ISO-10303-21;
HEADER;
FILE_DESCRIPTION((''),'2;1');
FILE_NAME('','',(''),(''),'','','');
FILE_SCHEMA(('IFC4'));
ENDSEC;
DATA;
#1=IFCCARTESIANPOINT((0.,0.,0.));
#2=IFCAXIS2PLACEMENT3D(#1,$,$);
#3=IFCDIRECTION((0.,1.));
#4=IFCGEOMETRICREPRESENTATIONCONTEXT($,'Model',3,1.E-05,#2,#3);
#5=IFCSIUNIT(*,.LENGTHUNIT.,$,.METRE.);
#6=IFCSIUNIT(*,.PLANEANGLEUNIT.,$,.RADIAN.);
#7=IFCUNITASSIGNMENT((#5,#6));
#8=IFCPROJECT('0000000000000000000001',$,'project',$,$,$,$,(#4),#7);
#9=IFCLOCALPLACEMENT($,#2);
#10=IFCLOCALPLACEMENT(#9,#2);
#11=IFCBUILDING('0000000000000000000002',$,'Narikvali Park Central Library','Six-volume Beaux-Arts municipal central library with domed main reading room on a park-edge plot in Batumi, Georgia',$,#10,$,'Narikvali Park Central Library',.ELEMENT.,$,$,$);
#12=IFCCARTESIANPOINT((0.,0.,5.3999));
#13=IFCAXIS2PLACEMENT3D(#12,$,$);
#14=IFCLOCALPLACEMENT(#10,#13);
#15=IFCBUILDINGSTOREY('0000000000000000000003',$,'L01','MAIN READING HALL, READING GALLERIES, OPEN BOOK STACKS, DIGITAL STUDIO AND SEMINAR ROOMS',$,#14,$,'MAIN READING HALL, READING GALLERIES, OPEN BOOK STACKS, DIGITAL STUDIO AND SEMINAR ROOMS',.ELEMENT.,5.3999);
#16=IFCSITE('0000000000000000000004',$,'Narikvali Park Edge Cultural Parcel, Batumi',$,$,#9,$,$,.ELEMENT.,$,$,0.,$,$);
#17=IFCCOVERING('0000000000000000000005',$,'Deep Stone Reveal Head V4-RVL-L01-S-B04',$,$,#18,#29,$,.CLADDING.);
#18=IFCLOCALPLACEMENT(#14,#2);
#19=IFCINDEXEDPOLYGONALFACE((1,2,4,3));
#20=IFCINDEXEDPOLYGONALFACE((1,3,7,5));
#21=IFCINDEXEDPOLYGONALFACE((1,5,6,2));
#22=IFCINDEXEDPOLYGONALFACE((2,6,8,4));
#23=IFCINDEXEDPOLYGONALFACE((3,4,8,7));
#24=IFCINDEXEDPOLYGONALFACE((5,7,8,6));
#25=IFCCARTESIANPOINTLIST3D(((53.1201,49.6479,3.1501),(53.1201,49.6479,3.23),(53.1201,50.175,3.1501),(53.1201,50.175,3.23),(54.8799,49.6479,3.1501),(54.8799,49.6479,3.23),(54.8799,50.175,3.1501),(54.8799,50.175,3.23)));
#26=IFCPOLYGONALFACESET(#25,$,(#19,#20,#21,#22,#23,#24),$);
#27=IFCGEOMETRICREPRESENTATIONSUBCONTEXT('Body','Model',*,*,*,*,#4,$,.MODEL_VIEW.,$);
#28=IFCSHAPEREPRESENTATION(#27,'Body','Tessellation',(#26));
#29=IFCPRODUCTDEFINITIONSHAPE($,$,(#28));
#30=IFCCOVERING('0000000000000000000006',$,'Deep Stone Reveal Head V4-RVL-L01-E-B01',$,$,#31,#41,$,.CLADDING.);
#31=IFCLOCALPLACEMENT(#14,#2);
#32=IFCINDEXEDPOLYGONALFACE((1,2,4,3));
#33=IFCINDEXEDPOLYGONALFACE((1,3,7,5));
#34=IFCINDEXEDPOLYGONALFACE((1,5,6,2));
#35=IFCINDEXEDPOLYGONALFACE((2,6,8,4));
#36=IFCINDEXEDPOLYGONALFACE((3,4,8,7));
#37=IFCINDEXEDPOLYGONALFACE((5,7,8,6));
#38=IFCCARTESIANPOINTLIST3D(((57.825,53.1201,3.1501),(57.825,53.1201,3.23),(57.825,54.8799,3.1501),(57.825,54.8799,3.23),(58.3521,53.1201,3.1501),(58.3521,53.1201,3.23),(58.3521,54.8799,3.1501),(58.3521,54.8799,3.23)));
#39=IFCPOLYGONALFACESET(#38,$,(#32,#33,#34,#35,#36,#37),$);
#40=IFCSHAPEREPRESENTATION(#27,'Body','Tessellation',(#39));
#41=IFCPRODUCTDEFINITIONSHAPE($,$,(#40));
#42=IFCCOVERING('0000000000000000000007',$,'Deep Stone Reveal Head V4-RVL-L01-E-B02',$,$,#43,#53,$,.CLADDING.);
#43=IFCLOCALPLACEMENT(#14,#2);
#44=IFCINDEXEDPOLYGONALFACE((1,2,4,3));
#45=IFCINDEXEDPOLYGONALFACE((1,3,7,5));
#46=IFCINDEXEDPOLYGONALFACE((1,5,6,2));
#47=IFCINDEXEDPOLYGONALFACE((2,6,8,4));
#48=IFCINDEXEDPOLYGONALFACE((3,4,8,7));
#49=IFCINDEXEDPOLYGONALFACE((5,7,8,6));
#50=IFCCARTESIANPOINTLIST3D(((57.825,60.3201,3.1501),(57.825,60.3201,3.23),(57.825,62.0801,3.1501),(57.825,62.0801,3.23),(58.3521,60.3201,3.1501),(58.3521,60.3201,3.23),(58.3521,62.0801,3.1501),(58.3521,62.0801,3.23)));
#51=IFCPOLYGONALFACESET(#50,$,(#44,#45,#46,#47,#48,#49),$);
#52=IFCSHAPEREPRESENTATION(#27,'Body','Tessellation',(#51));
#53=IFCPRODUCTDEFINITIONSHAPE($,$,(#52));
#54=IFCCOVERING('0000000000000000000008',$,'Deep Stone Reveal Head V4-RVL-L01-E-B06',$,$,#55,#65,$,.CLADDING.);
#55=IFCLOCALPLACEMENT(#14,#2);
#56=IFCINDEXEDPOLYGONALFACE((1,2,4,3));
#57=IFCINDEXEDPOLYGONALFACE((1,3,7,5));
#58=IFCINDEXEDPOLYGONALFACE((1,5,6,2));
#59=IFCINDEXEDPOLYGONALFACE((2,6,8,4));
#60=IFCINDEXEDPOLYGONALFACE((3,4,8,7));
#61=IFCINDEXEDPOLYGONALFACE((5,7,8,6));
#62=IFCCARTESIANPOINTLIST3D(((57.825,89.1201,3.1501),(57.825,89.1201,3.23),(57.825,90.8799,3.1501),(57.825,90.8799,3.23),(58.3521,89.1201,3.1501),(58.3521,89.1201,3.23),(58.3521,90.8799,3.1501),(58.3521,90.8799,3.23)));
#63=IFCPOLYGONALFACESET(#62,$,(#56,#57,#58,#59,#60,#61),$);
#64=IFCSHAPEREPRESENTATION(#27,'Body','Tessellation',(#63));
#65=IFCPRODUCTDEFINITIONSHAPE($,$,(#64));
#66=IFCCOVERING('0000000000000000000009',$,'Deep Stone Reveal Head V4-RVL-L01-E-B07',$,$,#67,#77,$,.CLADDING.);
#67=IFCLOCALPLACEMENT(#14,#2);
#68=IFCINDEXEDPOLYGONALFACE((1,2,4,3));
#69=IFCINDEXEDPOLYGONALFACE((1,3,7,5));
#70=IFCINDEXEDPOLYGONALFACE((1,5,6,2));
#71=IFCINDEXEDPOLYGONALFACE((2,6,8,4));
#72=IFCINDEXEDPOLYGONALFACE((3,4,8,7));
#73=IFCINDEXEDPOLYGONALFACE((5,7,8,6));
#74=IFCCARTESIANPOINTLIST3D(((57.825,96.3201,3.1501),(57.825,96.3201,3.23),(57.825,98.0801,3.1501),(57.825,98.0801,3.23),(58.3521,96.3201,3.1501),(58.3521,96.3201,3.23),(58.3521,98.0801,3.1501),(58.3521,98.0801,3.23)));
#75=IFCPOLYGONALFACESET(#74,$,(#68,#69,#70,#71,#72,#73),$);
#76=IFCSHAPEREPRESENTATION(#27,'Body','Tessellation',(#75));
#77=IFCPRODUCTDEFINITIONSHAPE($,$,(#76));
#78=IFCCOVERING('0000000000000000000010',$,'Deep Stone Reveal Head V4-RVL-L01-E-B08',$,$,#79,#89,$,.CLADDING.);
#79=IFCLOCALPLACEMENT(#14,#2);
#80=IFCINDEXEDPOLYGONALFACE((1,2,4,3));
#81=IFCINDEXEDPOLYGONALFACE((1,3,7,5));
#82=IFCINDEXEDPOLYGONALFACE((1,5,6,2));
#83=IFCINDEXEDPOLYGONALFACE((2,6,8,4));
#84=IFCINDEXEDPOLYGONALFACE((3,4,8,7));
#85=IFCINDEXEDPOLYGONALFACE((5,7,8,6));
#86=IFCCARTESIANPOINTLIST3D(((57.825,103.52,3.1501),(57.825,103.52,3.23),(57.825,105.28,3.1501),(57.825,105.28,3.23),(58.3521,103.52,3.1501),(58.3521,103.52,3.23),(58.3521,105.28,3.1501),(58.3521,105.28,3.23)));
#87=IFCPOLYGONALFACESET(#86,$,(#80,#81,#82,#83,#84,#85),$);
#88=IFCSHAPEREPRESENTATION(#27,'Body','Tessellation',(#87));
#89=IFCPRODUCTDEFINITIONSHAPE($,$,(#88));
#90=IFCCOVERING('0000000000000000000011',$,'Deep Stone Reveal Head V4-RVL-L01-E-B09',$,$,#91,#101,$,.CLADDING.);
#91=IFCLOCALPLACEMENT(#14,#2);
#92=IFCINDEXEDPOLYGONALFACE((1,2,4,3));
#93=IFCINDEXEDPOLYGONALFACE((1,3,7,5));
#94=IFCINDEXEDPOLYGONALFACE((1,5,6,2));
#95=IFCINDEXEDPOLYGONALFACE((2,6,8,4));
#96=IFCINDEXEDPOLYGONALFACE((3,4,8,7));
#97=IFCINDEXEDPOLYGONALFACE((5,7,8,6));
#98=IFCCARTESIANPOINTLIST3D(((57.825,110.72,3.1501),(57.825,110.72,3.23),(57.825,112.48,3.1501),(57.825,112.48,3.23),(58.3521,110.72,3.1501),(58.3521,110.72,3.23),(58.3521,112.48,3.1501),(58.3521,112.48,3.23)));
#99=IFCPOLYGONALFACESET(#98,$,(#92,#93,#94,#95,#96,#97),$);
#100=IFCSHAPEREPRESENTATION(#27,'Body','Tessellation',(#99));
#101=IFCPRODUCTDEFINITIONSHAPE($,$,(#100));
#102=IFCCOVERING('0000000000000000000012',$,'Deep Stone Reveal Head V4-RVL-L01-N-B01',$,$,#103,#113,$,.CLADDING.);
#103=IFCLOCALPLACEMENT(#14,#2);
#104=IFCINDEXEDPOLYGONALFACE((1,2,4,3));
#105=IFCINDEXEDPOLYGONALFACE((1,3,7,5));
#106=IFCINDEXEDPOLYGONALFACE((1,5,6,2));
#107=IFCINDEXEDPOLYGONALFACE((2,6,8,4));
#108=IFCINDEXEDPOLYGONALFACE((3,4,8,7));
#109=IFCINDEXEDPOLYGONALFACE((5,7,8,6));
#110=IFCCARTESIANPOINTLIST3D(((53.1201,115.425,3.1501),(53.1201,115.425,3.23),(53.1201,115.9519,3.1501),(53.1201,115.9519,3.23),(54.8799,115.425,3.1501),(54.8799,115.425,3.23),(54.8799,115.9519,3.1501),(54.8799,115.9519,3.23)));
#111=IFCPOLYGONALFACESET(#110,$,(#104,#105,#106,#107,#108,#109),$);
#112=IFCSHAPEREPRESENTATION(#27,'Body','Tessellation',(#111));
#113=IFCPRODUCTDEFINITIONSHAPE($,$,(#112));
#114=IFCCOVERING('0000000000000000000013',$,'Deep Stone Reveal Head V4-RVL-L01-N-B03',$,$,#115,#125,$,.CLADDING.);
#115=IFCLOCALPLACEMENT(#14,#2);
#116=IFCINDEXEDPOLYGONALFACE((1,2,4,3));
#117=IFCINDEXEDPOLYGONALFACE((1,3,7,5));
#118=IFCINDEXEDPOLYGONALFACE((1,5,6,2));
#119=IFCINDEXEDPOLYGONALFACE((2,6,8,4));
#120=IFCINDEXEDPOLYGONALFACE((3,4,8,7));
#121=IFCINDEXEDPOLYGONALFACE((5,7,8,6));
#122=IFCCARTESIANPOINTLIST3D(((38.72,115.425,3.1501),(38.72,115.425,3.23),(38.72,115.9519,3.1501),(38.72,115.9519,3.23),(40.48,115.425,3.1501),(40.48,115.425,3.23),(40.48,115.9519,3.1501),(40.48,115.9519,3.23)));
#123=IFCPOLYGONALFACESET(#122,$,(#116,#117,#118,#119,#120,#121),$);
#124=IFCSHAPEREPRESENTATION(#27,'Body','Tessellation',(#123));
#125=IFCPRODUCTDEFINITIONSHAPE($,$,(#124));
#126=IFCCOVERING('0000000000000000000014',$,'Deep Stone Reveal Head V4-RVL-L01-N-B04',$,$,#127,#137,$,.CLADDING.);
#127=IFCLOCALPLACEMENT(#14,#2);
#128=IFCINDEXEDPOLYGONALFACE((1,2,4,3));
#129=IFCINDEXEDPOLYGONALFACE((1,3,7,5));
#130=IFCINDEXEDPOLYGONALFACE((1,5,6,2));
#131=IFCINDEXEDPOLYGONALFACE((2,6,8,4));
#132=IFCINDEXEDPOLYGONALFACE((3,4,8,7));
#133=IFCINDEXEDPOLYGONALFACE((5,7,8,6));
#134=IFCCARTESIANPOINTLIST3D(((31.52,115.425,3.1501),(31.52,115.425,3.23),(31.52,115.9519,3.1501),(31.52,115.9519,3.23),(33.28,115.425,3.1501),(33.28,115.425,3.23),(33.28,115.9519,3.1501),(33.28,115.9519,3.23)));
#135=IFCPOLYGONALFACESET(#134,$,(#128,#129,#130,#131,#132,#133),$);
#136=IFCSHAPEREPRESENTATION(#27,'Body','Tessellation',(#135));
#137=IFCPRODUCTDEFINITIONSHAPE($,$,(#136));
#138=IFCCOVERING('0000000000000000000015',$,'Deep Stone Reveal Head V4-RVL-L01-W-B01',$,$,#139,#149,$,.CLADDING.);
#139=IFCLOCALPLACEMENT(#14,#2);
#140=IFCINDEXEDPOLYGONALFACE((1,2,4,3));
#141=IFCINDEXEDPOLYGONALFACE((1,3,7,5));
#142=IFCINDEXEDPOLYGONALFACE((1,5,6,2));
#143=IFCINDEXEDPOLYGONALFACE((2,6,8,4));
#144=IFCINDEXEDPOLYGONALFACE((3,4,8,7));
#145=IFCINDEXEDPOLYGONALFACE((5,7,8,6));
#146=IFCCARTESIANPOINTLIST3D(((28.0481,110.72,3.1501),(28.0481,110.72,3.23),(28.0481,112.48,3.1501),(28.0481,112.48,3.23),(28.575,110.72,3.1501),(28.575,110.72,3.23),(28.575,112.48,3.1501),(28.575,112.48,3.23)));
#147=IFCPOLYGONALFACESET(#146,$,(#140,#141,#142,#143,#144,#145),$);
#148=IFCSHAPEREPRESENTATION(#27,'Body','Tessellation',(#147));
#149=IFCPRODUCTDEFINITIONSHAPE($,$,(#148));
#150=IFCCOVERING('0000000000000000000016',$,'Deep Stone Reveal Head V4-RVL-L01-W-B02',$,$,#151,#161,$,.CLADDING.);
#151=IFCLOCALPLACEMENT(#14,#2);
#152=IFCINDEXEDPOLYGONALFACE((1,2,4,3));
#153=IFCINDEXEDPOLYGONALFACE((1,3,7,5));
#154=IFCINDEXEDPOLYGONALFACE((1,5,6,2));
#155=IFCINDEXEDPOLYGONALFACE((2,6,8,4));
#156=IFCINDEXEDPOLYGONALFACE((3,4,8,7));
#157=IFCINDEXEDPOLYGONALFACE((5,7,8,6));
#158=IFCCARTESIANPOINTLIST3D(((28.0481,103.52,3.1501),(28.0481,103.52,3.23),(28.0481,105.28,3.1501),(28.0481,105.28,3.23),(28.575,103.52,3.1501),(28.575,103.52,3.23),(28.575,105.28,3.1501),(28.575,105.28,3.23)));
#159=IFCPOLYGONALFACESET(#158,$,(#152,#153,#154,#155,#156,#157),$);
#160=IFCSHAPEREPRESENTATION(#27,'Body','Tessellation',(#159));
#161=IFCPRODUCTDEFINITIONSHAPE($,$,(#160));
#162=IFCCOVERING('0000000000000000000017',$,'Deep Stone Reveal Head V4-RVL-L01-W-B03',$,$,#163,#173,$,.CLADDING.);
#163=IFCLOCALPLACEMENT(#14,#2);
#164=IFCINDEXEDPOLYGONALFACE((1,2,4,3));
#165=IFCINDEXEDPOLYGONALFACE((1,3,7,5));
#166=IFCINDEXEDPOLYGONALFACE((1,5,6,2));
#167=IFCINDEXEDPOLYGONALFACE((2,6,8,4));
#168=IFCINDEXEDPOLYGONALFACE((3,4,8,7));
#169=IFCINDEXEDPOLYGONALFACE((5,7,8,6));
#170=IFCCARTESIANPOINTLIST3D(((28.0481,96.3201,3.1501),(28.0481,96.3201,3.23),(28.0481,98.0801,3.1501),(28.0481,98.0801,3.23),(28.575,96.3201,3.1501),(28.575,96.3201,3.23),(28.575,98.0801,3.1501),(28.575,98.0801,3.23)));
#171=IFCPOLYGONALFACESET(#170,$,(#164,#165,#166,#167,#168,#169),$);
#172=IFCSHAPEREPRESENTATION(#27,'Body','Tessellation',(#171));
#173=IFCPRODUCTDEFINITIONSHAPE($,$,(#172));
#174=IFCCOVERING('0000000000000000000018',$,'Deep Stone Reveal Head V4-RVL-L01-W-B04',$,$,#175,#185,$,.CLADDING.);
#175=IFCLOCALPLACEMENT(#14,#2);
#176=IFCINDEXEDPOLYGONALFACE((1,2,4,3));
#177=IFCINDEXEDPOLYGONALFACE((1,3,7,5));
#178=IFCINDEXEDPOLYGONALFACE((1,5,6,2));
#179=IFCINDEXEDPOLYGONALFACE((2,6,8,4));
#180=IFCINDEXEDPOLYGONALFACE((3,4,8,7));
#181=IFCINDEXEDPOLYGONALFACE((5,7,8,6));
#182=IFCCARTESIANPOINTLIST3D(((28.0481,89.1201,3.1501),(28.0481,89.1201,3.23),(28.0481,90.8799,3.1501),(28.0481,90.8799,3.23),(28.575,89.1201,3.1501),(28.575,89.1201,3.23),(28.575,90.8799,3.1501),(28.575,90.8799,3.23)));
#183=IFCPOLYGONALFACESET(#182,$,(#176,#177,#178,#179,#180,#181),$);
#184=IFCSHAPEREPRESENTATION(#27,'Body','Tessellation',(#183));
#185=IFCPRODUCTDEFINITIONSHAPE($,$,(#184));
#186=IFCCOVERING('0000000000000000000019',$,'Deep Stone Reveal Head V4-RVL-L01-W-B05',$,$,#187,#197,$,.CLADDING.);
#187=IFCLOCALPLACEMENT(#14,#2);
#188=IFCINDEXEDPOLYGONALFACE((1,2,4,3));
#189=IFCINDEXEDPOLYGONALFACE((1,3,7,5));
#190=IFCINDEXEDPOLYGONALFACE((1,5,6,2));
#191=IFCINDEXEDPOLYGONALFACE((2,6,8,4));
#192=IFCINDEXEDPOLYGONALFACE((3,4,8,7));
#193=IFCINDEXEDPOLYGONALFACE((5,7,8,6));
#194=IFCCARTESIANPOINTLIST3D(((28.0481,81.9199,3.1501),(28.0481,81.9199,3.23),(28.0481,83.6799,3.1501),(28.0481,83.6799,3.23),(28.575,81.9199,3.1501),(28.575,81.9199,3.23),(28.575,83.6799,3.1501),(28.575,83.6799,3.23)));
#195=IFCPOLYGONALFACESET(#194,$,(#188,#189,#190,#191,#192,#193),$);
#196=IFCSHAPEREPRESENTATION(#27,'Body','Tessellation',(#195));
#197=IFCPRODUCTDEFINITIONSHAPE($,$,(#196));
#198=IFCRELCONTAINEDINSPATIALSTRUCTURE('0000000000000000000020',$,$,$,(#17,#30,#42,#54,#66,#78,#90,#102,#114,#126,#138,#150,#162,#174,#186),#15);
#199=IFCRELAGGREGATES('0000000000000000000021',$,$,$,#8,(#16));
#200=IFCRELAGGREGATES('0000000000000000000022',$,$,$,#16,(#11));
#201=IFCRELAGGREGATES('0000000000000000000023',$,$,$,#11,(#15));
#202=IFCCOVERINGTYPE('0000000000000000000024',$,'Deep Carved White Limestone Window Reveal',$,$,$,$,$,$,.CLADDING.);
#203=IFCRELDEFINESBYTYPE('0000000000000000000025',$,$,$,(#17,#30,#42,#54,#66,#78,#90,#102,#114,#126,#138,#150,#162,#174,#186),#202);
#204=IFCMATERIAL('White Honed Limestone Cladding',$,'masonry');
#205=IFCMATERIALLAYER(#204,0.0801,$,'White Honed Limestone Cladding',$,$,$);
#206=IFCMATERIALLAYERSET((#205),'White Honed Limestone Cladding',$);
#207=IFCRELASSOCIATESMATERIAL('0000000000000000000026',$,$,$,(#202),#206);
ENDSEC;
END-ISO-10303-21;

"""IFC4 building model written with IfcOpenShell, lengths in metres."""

from ifc_helpers import new_model, si_unit, direction, frame, origin, place, context, subcontext, project, spatial, polyline, outline, extrude, material, layer, layer_set, type_object, element, save


model = new_model("IFC4")

# Units and contexts
model_context = context("Model", 3, precision=1e-05, world=origin(), true_north=direction((0.0, 1.0)))
body_context = subcontext(model_context, "Body", "Model", "MODEL_VIEW")
ifc_project = project(units=[si_unit("LENGTHUNIT", "METRE"), si_unit("PLANEANGLEUNIT", "RADIAN")], contexts=[model_context])

# Site, building, storey
site_placement = place(None, origin())
site = spatial("IfcSite", under=ifc_project, at=site_placement, Name="Narikvali Park Edge Cultural Parcel, Batumi", CompositionType="ELEMENT", RefElevation=0.0)
building_placement = place(site_placement, origin())
building = spatial("IfcBuilding", under=site, at=building_placement, Name="Narikvali Park Central Library", Description="Six-volume Beaux-Arts municipal central library with domed main reading room on a park-edge plot in Batumi, Georgia", LongName="Narikvali Park Central Library", CompositionType="ELEMENT")
storey_placement = place(building_placement, frame((0.0, 0.0, 5.3999)))
storey = spatial("IfcBuildingStorey", under=building, at=storey_placement, Name="L01", Description="MAIN READING HALL, READING GALLERIES, OPEN BOOK STACKS, DIGITAL STUDIO AND SEMINAR ROOMS", LongName="MAIN READING HALL, READING GALLERIES, OPEN BOOK STACKS, DIGITAL STUDIO AND SEMINAR ROOMS", CompositionType="ELEMENT", Elevation=5.3999)

# Coverings
ifc_material = material(Name="White Honed Limestone Cladding", Category="masonry")
ifc_layer = layer(ifc_material, 0.0801, Name="White Honed Limestone Cladding")
ifc_layer_set = layer_set([ifc_layer], Name="White Honed Limestone Cladding")
covering_type = type_object("IfcCoveringType", Name="Deep Carved White Limestone Window Reveal", PredefinedType="CLADDING", material=ifc_layer_set)
covering_1_placement = place(storey_placement, frame((0.0, 0.0, 3.1501)))
element("IfcCovering", 1, at=covering_1_placement, inside=storey, type_object=covering_type, Name="Deep Stone Reveal Head V4-RVL-L01-S-B04", PredefinedType="CLADDING", context=body_context, shape_type="SweptSolid", body=[
    extrude(outline(polyline([(53.1201, 50.175), (54.8799, 50.175), (54.8799, 49.6479), (53.1201, 49.6479), (53.1201, 50.175)])), origin(), (0.0, 0.0, 1.0), 0.0798),
])
covering_2_placement = place(storey_placement, frame((0.0, 0.0, 3.1501)))
element("IfcCovering", 2, at=covering_2_placement, inside=storey, type_object=covering_type, Name="Deep Stone Reveal Head V4-RVL-L01-E-B01", PredefinedType="CLADDING", context=body_context, shape_type="SweptSolid", body=[
    extrude(outline(polyline([(57.825, 53.1201), (57.825, 54.8799), (58.3521, 54.8799), (58.3521, 53.1201), (57.825, 53.1201)])), origin(), (0.0, 0.0, 1.0), 0.0798),
])
covering_3_placement = place(storey_placement, frame((0.0, 0.0, 3.1501)))
element("IfcCovering", 3, at=covering_3_placement, inside=storey, type_object=covering_type, Name="Deep Stone Reveal Head V4-RVL-L01-E-B02", PredefinedType="CLADDING", context=body_context, shape_type="SweptSolid", body=[
    extrude(outline(polyline([(57.825, 60.3201), (57.825, 62.0801), (58.3521, 62.0801), (58.3521, 60.3201), (57.825, 60.3201)])), origin(), (0.0, 0.0, 1.0), 0.0798),
])
covering_4_placement = place(storey_placement, frame((0.0, 0.0, 3.1501)))
element("IfcCovering", 4, at=covering_4_placement, inside=storey, type_object=covering_type, Name="Deep Stone Reveal Head V4-RVL-L01-E-B06", PredefinedType="CLADDING", context=body_context, shape_type="SweptSolid", body=[
    extrude(outline(polyline([(57.825, 89.1201), (57.825, 90.8799), (58.3521, 90.8799), (58.3521, 89.1201), (57.825, 89.1201)])), origin(), (0.0, 0.0, 1.0), 0.0798),
])
covering_5_placement = place(storey_placement, frame((0.0, 0.0, 3.1501)))
element("IfcCovering", 5, at=covering_5_placement, inside=storey, type_object=covering_type, Name="Deep Stone Reveal Head V4-RVL-L01-E-B07", PredefinedType="CLADDING", context=body_context, shape_type="SweptSolid", body=[
    extrude(outline(polyline([(57.825, 96.3201), (57.825, 98.0801), (58.3521, 98.0801), (58.3521, 96.3201), (57.825, 96.3201)])), origin(), (0.0, 0.0, 1.0), 0.0798),
])
covering_6_placement = place(storey_placement, frame((0.0, 0.0, 3.1501)))
element("IfcCovering", 6, at=covering_6_placement, inside=storey, type_object=covering_type, Name="Deep Stone Reveal Head V4-RVL-L01-E-B08", PredefinedType="CLADDING", context=body_context, shape_type="SweptSolid", body=[
    extrude(outline(polyline([(57.825, 103.52), (57.825, 105.28), (58.3521, 105.28), (58.3521, 103.52), (57.825, 103.52)])), origin(), (0.0, 0.0, 1.0), 0.0798),
])
covering_7_placement = place(storey_placement, frame((0.0, 0.0, 3.1501)))
element("IfcCovering", 7, at=covering_7_placement, inside=storey, type_object=covering_type, Name="Deep Stone Reveal Head V4-RVL-L01-E-B09", PredefinedType="CLADDING", context=body_context, shape_type="SweptSolid", body=[
    extrude(outline(polyline([(57.825, 110.72), (57.825, 112.48), (58.3521, 112.48), (58.3521, 110.72), (57.825, 110.72)])), origin(), (0.0, 0.0, 1.0), 0.0798),
])
covering_8_placement = place(storey_placement, frame((0.0, 0.0, 3.1501)))
element("IfcCovering", 8, at=covering_8_placement, inside=storey, type_object=covering_type, Name="Deep Stone Reveal Head V4-RVL-L01-N-B01", PredefinedType="CLADDING", context=body_context, shape_type="SweptSolid", body=[
    extrude(outline(polyline([(54.8799, 115.425), (53.1201, 115.425), (53.1201, 115.9519), (54.8799, 115.9519), (54.8799, 115.425)])), origin(), (0.0, 0.0, 1.0), 0.0798),
])
covering_9_placement = place(storey_placement, frame((0.0, 0.0, 3.1501)))
element("IfcCovering", 9, at=covering_9_placement, inside=storey, type_object=covering_type, Name="Deep Stone Reveal Head V4-RVL-L01-N-B03", PredefinedType="CLADDING", context=body_context, shape_type="SweptSolid", body=[
    extrude(outline(polyline([(40.48, 115.425), (38.72, 115.425), (38.72, 115.9519), (40.48, 115.9519), (40.48, 115.425)])), origin(), (0.0, 0.0, 1.0), 0.0798),
])
covering_10_placement = place(storey_placement, frame((0.0, 0.0, 3.1501)))
element("IfcCovering", 10, at=covering_10_placement, inside=storey, type_object=covering_type, Name="Deep Stone Reveal Head V4-RVL-L01-N-B04", PredefinedType="CLADDING", context=body_context, shape_type="SweptSolid", body=[
    extrude(outline(polyline([(33.28, 115.425), (31.52, 115.425), (31.52, 115.9519), (33.28, 115.9519), (33.28, 115.425)])), origin(), (0.0, 0.0, 1.0), 0.0798),
])
covering_11_placement = place(storey_placement, frame((0.0, 0.0, 3.1501)))
element("IfcCovering", 11, at=covering_11_placement, inside=storey, type_object=covering_type, Name="Deep Stone Reveal Head V4-RVL-L01-W-B01", PredefinedType="CLADDING", context=body_context, shape_type="SweptSolid", body=[
    extrude(outline(polyline([(28.575, 112.48), (28.575, 110.72), (28.0481, 110.72), (28.0481, 112.48), (28.575, 112.48)])), origin(), (0.0, 0.0, 1.0), 0.0798),
])
covering_12_placement = place(storey_placement, frame((0.0, 0.0, 3.1501)))
element("IfcCovering", 12, at=covering_12_placement, inside=storey, type_object=covering_type, Name="Deep Stone Reveal Head V4-RVL-L01-W-B02", PredefinedType="CLADDING", context=body_context, shape_type="SweptSolid", body=[
    extrude(outline(polyline([(28.575, 105.28), (28.575, 103.52), (28.0481, 103.52), (28.0481, 105.28), (28.575, 105.28)])), origin(), (0.0, 0.0, 1.0), 0.0798),
])
covering_13_placement = place(storey_placement, frame((0.0, 0.0, 3.1501)))
element("IfcCovering", 13, at=covering_13_placement, inside=storey, type_object=covering_type, Name="Deep Stone Reveal Head V4-RVL-L01-W-B03", PredefinedType="CLADDING", context=body_context, shape_type="SweptSolid", body=[
    extrude(outline(polyline([(28.575, 98.0801), (28.575, 96.3201), (28.0481, 96.3201), (28.0481, 98.0801), (28.575, 98.0801)])), origin(), (0.0, 0.0, 1.0), 0.0798),
])
covering_14_placement = place(storey_placement, frame((0.0, 0.0, 3.1501)))
element("IfcCovering", 14, at=covering_14_placement, inside=storey, type_object=covering_type, Name="Deep Stone Reveal Head V4-RVL-L01-W-B04", PredefinedType="CLADDING", context=body_context, shape_type="SweptSolid", body=[
    extrude(outline(polyline([(28.575, 90.8799), (28.575, 89.1201), (28.0481, 89.1201), (28.0481, 90.8799), (28.575, 90.8799)])), origin(), (0.0, 0.0, 1.0), 0.0798),
])
covering_15_placement = place(storey_placement, frame((0.0, 0.0, 3.1501)))
element("IfcCovering", 15, at=covering_15_placement, inside=storey, type_object=covering_type, Name="Deep Stone Reveal Head V4-RVL-L01-W-B05", PredefinedType="CLADDING", context=body_context, shape_type="SweptSolid", body=[
    extrude(outline(polyline([(28.575, 83.6799), (28.575, 81.9199), (28.0481, 81.9199), (28.0481, 83.6799), (28.575, 83.6799)])), origin(), (0.0, 0.0, 1.0), 0.0798),
])

save(model, "model.ifc")
